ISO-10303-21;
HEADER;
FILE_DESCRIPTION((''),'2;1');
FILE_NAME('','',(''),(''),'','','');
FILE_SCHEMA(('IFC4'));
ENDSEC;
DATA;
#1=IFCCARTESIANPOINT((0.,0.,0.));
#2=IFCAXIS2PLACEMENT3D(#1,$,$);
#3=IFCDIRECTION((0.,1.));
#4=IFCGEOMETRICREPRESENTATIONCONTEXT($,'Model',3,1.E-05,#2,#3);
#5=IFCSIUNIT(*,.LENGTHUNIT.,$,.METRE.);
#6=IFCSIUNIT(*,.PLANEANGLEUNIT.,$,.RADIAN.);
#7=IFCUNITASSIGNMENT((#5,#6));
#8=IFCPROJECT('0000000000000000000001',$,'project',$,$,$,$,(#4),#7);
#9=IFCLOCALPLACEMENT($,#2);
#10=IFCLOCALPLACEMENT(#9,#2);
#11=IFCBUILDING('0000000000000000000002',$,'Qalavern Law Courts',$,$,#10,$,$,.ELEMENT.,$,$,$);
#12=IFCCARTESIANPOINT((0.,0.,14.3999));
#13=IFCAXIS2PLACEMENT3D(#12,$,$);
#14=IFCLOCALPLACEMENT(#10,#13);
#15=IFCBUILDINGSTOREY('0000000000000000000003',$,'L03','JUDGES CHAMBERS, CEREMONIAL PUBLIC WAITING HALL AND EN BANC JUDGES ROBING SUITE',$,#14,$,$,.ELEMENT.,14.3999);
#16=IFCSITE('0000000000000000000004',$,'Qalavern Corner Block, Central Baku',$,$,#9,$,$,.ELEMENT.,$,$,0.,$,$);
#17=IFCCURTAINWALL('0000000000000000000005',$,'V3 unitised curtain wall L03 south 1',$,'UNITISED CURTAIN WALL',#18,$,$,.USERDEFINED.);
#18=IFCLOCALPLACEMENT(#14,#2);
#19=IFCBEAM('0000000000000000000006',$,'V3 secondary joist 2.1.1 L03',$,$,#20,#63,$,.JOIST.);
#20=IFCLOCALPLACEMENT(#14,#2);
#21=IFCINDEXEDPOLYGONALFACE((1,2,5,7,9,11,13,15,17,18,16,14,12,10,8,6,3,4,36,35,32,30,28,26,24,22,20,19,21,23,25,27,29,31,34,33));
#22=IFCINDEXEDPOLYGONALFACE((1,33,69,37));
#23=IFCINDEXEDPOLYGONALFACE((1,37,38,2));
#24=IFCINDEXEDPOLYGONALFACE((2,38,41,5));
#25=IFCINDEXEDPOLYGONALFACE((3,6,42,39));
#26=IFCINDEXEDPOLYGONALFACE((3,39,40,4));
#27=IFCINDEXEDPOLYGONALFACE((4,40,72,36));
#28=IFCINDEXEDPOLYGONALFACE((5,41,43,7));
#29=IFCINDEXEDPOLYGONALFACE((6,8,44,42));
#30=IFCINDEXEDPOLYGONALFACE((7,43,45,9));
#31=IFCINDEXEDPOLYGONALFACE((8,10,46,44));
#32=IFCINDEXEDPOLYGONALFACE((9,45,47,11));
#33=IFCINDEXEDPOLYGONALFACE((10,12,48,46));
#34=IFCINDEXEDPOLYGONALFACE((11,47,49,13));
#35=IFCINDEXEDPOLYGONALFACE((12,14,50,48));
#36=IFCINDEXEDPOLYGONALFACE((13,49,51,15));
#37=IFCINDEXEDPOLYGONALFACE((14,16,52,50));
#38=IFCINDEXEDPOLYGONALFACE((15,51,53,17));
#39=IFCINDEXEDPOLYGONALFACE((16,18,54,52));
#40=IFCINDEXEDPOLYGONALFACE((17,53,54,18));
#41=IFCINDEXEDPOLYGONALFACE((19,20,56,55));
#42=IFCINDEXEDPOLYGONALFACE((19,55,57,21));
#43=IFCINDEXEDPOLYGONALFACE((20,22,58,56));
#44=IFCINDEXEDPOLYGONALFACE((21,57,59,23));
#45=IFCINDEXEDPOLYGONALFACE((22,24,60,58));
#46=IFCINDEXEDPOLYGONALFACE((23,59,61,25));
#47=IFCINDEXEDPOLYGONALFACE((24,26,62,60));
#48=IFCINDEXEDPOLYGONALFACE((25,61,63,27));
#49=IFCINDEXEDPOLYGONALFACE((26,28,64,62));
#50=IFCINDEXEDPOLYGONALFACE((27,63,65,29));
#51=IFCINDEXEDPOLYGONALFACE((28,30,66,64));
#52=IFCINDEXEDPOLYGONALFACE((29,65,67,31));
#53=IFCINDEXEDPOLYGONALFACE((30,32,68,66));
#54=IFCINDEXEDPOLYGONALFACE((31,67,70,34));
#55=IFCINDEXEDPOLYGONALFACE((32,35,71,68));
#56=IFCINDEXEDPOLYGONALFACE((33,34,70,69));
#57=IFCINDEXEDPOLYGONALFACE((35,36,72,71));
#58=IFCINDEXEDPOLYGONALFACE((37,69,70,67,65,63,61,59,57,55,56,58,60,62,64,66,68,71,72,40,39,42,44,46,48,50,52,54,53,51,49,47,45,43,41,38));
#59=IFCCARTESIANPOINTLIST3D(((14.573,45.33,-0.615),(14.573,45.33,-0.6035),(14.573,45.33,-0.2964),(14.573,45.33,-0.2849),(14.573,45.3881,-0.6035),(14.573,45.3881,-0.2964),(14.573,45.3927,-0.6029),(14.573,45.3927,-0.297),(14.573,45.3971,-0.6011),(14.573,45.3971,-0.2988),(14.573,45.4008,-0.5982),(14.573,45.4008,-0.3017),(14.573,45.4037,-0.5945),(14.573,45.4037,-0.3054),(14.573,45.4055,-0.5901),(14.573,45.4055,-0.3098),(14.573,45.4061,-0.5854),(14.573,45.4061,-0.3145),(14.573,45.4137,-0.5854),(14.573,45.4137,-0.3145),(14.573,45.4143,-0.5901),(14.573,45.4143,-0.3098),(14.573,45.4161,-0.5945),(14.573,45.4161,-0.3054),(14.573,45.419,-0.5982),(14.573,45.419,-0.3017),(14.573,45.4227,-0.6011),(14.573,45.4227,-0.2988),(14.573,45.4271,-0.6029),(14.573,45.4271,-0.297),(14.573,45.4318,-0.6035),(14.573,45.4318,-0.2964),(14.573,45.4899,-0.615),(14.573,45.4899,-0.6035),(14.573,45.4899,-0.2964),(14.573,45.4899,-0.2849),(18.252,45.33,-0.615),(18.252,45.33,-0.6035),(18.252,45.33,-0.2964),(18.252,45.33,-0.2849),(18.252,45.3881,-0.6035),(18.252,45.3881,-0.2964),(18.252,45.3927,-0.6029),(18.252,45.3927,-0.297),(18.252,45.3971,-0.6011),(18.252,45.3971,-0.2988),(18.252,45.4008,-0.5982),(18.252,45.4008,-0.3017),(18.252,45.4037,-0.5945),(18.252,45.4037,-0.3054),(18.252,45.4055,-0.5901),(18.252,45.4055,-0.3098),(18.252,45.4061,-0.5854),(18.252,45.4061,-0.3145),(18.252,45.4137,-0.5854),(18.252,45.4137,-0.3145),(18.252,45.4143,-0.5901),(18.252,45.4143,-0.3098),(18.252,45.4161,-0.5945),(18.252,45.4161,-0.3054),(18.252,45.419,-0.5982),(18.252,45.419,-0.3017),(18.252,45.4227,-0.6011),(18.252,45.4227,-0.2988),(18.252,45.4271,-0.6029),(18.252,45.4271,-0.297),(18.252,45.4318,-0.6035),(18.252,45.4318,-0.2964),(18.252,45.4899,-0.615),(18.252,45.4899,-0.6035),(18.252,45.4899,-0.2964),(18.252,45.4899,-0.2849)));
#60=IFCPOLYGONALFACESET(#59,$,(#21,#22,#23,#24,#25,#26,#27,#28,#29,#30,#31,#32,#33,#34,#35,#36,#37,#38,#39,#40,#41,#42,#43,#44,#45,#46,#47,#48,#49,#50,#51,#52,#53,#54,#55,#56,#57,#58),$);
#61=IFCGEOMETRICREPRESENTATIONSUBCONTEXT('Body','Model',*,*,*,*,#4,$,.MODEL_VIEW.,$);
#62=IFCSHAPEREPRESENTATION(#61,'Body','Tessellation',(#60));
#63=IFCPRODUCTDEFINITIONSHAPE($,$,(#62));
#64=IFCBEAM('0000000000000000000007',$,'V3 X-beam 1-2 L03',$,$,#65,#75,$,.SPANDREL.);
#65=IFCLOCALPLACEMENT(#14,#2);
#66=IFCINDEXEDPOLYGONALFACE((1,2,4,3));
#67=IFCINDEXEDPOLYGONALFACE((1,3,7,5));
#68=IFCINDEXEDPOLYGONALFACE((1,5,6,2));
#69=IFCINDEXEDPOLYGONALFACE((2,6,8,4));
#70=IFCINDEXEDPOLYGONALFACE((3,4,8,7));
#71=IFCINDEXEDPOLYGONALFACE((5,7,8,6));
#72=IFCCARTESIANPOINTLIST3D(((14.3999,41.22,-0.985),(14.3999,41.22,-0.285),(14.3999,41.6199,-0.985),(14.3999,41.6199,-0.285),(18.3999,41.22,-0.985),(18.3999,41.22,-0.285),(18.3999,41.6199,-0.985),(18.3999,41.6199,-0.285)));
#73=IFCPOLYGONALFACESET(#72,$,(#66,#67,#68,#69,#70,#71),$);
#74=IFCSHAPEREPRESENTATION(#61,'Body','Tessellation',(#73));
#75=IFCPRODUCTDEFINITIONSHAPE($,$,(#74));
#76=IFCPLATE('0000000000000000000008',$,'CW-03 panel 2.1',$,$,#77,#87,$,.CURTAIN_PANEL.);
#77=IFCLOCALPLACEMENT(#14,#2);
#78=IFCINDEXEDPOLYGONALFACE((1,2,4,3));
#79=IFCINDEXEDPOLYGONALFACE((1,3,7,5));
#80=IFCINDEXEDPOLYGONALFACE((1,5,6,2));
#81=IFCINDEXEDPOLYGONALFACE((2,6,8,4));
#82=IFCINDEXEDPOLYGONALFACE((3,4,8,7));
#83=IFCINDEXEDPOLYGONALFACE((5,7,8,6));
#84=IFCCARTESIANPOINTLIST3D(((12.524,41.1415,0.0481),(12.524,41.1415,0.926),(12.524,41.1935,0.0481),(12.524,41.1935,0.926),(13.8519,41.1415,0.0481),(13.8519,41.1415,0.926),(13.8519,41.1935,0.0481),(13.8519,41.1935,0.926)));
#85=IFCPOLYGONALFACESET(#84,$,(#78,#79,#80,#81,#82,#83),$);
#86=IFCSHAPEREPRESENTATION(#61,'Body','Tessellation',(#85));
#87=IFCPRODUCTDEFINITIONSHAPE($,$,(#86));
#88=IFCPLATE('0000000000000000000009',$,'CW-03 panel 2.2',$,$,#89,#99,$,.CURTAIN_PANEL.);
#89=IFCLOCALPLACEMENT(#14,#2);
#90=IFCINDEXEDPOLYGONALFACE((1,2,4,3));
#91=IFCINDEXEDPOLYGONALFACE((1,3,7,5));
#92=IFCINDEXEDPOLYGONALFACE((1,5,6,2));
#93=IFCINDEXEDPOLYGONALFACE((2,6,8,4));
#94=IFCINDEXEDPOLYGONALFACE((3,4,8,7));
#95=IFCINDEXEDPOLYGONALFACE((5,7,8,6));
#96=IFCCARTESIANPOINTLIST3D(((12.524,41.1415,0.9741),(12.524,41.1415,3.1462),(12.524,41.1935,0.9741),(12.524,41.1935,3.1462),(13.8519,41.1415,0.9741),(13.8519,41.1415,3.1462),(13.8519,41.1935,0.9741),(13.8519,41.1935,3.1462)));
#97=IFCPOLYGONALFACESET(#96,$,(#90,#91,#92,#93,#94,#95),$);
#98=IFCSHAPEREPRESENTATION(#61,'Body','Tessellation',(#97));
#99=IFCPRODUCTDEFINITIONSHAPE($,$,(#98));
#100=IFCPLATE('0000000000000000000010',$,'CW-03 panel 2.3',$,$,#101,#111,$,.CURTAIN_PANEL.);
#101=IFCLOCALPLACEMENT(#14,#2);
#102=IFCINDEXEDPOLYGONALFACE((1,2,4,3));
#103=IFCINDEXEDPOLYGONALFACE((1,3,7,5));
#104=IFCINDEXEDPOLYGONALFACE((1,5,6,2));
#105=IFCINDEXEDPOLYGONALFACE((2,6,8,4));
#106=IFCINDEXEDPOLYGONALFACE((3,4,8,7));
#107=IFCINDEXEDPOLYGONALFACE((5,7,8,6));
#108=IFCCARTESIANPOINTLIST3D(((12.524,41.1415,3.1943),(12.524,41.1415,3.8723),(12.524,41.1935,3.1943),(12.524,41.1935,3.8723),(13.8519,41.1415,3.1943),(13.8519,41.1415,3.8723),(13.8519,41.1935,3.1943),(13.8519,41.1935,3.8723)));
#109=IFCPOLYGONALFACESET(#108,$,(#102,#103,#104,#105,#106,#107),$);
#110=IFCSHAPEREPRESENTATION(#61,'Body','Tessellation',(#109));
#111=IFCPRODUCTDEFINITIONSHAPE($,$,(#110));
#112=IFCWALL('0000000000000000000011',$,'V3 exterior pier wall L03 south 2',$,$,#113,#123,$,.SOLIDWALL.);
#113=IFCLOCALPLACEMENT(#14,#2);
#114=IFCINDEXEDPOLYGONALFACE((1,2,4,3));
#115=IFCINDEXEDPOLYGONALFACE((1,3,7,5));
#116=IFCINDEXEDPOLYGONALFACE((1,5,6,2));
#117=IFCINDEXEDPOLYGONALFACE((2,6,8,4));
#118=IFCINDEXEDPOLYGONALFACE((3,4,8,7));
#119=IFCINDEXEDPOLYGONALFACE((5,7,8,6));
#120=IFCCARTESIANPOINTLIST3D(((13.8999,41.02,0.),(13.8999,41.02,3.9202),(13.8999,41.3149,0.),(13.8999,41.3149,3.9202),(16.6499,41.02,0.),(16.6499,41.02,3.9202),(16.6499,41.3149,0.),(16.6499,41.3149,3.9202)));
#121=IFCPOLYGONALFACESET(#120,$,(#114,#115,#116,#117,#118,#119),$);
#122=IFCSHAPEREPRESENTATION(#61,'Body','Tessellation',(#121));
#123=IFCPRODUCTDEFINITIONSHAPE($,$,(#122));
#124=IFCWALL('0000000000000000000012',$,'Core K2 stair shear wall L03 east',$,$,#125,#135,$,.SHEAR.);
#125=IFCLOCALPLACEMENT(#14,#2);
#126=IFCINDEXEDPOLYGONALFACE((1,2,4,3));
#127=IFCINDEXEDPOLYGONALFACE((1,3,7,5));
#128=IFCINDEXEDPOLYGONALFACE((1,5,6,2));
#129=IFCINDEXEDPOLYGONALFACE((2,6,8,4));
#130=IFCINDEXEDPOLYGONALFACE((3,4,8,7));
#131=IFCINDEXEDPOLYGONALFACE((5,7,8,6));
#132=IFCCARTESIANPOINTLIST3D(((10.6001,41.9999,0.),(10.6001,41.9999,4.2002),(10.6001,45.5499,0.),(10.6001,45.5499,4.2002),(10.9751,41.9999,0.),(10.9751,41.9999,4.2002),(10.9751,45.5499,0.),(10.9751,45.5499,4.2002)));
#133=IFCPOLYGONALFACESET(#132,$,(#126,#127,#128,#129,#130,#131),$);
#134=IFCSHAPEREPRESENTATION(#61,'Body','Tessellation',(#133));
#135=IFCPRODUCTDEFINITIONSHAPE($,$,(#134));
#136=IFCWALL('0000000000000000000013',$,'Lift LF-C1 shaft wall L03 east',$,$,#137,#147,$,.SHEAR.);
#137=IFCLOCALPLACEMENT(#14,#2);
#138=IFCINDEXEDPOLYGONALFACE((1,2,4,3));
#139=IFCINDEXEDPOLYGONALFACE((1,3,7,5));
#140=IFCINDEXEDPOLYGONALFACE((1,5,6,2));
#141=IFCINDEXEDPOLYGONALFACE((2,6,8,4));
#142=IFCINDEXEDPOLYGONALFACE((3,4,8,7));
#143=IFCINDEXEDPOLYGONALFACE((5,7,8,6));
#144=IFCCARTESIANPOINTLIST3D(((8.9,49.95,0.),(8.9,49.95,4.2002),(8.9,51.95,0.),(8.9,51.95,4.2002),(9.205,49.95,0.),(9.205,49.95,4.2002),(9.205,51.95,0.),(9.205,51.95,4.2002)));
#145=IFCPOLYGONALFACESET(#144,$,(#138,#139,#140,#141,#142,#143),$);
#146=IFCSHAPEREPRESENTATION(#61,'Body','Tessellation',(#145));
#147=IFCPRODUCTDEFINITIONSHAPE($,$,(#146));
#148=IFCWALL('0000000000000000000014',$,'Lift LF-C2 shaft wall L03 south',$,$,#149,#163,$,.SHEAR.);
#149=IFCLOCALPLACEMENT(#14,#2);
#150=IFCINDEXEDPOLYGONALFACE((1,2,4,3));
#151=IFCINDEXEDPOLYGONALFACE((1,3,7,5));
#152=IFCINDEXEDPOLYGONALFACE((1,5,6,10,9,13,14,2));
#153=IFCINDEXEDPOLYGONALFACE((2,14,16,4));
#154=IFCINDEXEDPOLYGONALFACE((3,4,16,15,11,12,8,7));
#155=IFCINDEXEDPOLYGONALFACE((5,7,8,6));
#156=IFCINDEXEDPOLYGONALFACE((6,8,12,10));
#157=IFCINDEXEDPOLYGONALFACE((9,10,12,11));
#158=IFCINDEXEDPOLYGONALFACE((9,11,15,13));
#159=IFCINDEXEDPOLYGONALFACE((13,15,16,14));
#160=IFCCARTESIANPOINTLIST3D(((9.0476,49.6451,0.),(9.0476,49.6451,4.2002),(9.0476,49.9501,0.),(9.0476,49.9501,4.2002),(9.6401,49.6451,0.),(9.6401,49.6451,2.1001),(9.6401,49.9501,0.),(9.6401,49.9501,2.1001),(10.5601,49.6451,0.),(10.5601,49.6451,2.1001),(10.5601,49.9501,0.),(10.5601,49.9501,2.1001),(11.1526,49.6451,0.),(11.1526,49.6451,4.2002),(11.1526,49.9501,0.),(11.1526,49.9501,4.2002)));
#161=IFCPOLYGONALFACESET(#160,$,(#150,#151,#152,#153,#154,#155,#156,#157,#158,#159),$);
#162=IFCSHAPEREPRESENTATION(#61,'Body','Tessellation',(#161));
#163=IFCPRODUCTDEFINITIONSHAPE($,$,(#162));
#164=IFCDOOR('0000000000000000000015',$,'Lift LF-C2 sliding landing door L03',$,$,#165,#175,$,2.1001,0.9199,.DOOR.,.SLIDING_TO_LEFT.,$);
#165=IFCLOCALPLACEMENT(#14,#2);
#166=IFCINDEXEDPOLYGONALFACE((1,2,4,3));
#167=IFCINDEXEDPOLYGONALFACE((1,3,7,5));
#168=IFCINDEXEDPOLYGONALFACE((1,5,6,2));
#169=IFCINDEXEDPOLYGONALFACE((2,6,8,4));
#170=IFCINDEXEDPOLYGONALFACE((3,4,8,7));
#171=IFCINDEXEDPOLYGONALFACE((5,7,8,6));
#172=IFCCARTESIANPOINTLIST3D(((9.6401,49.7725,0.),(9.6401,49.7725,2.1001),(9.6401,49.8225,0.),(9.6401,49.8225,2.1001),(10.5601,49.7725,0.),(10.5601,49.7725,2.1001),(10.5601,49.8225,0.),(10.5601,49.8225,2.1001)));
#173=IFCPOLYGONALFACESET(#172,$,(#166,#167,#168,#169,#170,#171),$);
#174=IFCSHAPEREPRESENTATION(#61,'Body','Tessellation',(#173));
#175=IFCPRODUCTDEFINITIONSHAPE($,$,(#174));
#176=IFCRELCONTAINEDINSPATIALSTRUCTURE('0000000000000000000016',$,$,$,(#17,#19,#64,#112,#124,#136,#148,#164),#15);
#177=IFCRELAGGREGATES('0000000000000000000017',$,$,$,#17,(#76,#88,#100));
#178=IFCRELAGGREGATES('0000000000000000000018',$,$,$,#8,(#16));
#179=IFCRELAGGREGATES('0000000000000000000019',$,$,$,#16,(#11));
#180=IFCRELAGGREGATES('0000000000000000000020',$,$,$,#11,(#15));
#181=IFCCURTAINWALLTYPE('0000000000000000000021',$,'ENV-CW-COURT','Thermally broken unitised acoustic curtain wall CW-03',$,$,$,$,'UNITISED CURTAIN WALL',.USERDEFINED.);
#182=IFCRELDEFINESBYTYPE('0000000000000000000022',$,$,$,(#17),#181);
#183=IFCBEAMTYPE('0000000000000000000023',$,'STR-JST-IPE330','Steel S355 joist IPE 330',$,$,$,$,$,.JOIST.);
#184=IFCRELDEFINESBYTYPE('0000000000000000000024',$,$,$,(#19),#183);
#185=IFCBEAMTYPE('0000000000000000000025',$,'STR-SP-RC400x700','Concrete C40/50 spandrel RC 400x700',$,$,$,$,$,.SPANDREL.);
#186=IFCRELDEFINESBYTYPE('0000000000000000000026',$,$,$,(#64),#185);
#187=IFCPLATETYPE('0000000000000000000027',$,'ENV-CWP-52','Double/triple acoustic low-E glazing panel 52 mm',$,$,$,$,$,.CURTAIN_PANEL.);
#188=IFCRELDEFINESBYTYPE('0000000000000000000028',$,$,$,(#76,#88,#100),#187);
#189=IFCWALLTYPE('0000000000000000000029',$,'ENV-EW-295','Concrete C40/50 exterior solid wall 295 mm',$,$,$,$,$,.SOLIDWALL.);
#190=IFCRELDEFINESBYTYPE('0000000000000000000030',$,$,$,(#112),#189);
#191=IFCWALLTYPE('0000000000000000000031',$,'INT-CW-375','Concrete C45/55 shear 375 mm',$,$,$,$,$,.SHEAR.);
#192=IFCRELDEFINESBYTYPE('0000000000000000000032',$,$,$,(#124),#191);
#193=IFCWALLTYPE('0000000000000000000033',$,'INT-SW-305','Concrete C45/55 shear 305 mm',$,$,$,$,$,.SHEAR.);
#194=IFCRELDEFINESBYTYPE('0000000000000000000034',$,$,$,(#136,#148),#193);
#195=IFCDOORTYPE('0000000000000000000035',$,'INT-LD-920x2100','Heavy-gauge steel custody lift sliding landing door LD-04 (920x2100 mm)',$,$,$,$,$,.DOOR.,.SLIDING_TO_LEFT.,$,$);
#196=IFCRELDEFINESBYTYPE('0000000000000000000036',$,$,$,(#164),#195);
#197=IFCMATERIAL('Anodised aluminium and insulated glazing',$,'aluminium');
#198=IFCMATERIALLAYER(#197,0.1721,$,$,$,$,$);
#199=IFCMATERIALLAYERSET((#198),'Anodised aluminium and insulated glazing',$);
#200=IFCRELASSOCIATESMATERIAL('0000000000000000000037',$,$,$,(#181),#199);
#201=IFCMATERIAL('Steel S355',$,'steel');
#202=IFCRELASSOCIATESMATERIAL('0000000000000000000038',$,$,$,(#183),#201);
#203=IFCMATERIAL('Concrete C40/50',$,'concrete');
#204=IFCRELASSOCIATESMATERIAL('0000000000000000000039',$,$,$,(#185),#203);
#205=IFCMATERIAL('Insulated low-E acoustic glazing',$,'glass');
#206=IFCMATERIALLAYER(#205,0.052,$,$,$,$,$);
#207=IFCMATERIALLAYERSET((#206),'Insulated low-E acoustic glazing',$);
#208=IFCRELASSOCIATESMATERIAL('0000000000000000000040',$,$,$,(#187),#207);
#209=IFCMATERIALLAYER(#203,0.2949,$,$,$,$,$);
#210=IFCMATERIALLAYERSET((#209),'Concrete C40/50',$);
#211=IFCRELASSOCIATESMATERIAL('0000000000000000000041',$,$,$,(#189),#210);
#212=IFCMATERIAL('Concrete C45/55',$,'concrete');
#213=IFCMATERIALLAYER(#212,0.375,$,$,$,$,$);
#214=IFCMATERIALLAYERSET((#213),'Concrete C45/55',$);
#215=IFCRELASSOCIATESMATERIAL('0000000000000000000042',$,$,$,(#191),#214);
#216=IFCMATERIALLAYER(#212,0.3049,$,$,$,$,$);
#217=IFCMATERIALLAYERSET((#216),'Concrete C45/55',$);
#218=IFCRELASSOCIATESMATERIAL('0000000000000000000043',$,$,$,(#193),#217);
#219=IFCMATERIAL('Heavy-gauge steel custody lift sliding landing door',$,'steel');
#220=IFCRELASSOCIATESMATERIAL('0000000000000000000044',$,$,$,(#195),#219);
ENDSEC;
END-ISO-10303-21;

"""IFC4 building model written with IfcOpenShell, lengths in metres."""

from ifc_helpers import new_model, si_unit, direction, frame, frame_2d, origin, origin_2d, place, context, subcontext, project, spatial, rectangle, i_section, extrude, material, layer, layer_set, material_profile, profile_set, type_object, element, fill, aggregate, save


model = new_model("IFC4")

# Units and contexts
model_context = context("Model", 3, precision=1e-05, world=origin(), true_north=direction((0.0, 1.0)))
body_context = subcontext(model_context, "Body", "Model", "MODEL_VIEW")
ifc_project = project(units=[si_unit("LENGTHUNIT", "METRE"), si_unit("PLANEANGLEUNIT", "RADIAN")], contexts=[model_context])

# Site, building, storey
site_placement = place(None, origin())
site = spatial("IfcSite", under=ifc_project, at=site_placement, Name="Qalavern Corner Block, Central Baku", CompositionType="ELEMENT", RefElevation=0.0)
building_placement = place(site_placement, origin())
building = spatial("IfcBuilding", under=site, at=building_placement, Name="Qalavern Law Courts", CompositionType="ELEMENT")
storey_placement = place(building_placement, frame((0.0, 0.0, 14.3999)))
storey = spatial("IfcBuildingStorey", under=building, at=storey_placement, Name="L03", Description="JUDGES CHAMBERS, CEREMONIAL PUBLIC WAITING HALL AND EN BANC JUDGES ROBING SUITE", CompositionType="ELEMENT", Elevation=14.3999)

# Shared definitions
ifc_material_1 = material(Name="Concrete C45/55", Category="concrete")

# Curtain wall
ifc_material_2 = material(Name="Anodised aluminium and insulated glazing", Category="aluminium")
ifc_layer_1 = layer(ifc_material_2, 0.1721)
ifc_layer_set_1 = layer_set([ifc_layer_1], Name="Anodised aluminium and insulated glazing")
curtain_wall_type = type_object("IfcCurtainWallType", Name="ENV-CW-COURT", Description="Thermally broken unitised acoustic curtain wall CW-03", ElementType="UNITISED CURTAIN WALL", PredefinedType="USERDEFINED", material=ifc_layer_set_1)
curtain_wall_placement = place(storey_placement, origin())
curtain_wall = element("IfcCurtainWall", 1, at=curtain_wall_placement, inside=storey, type_object=curtain_wall_type, Name="V3 unitised curtain wall L03 south 1", ObjectType="UNITISED CURTAIN WALL", PredefinedType="USERDEFINED")

# Beams
ifc_material_3 = material(Name="Steel S355", Category="steel")
ifc_material_profile_1 = material_profile(ifc_material_3, i_section(OverallWidth=0.1599, OverallDepth=0.3301, WebThickness=0.0076, FlangeThickness=0.0115, FilletRadius=0.0181, at=origin_2d()), Name="IPE 330")
ifc_profile_set_1 = profile_set([ifc_material_profile_1], Name="Steel S355")
beam_type_1 = type_object("IfcBeamType", Name="STR-JST-IPE330", Description="Steel S355 joist IPE 330", PredefinedType="JOIST", material=ifc_profile_set_1)
beam_1_placement = place(storey_placement, frame((14.573, 45.4099, -0.45), z_axis=(1.0, 0.0, 0.0), x_axis=(0.0, 1.0, 0.0)))
element("IfcBeam", 2, at=beam_1_placement, inside=storey, type_object=beam_type_1, Name="V3 secondary joist 2.1.1 L03", PredefinedType="JOIST", context=body_context, shape_type="SweptSolid", body=[
    extrude(i_section(OverallWidth=0.1599, OverallDepth=0.3301, WebThickness=0.0076, FlangeThickness=0.0115, FilletRadius=0.0181, at=origin_2d()), origin(), (0.0, 0.0, 1.0), 3.679),
])
ifc_material_4 = material(Name="Concrete C40/50", Category="concrete")
ifc_material_profile_2 = material_profile(ifc_material_4, rectangle(XDim=0.3999, YDim=0.7, at=origin_2d()), Name="RC 400x700")
ifc_profile_set_2 = profile_set([ifc_material_profile_2], Name="Concrete C40/50")
beam_type_2 = type_object("IfcBeamType", Name="STR-SP-RC400x700", Description="Concrete C40/50 spandrel RC 400x700", PredefinedType="SPANDREL", material=ifc_profile_set_2)
beam_2_placement = place(storey_placement, frame((14.3999, 41.4199, -0.635), z_axis=(1.0, 0.0, 0.0), x_axis=(0.0, 1.0, 0.0)))
element("IfcBeam", 3, at=beam_2_placement, inside=storey, type_object=beam_type_2, Name="V3 X-beam 1-2 L03", PredefinedType="SPANDREL", context=body_context, shape_type="SweptSolid", body=[
    extrude(rectangle(XDim=0.3999, YDim=0.7, at=origin_2d()), origin(), (0.0, 0.0, 1.0), 4.0),
])

# Plates
ifc_material_5 = material(Name="Insulated low-E acoustic glazing", Category="glass")
ifc_layer_2 = layer(ifc_material_5, 0.052)
ifc_layer_set_2 = layer_set([ifc_layer_2], Name="Insulated low-E acoustic glazing")
plate_type = type_object("IfcPlateType", Name="ENV-CWP-52", Description="Double/triple acoustic low-E glazing panel 52 mm", PredefinedType="CURTAIN_PANEL", material=ifc_layer_set_2)
plate_1_placement = place(storey_placement, frame((13.188, 41.1675, 0.0481), z_axis=(0.0, 0.0, 1.0), x_axis=(1.0, 0.0, 0.0)))
plate_1 = element("IfcPlate", 4, at=plate_1_placement, type_object=plate_type, Name="CW-03 panel 2.1", PredefinedType="CURTAIN_PANEL", context=body_context, shape_type="SweptSolid", body=[
    extrude(rectangle(XDim=1.3279, YDim=0.052, at=origin_2d()), origin(), (0.0, 0.0, 1.0), 0.8779),
])
plate_2_placement = place(storey_placement, frame((13.188, 41.1675, 0.9741), z_axis=(0.0, 0.0, 1.0), x_axis=(1.0, 0.0, 0.0)))
plate_2 = element("IfcPlate", 5, at=plate_2_placement, type_object=plate_type, Name="CW-03 panel 2.2", PredefinedType="CURTAIN_PANEL", context=body_context, shape_type="SweptSolid", body=[
    extrude(rectangle(XDim=1.3279, YDim=0.052, at=origin_2d()), origin(), (0.0, 0.0, 1.0), 2.1721),
])
plate_3_placement = place(storey_placement, frame((13.188, 41.1675, 3.1943), z_axis=(0.0, 0.0, 1.0), x_axis=(1.0, 0.0, 0.0)))
plate_3 = element("IfcPlate", 6, at=plate_3_placement, type_object=plate_type, Name="CW-03 panel 2.3", PredefinedType="CURTAIN_PANEL", context=body_context, shape_type="SweptSolid", body=[
    extrude(rectangle(XDim=1.3279, YDim=0.052, at=origin_2d()), origin(), (0.0, 0.0, 1.0), 0.678),
])
aggregate(curtain_wall, [plate_1, plate_2, plate_3])

# Walls
ifc_layer_3 = layer(ifc_material_4, 0.2949)
ifc_layer_set_3 = layer_set([ifc_layer_3], Name="Concrete C40/50")
wall_type_1 = type_object("IfcWallType", Name="ENV-EW-295", Description="Concrete C40/50 exterior solid wall 295 mm", PredefinedType="SOLIDWALL", material=ifc_layer_set_3)
wall_1_placement = place(storey_placement, frame((13.8999, 41.1675, 0.0), z_axis=(0.0, 0.0, 1.0), x_axis=(1.0, 0.0, 0.0)))
element("IfcWall", 7, at=wall_1_placement, inside=storey, type_object=wall_type_1, Name="V3 exterior pier wall L03 south 2", PredefinedType="SOLIDWALL", context=body_context, shape_type="SweptSolid", body=[
    extrude(rectangle(XDim=2.75, YDim=0.2949, at=frame_2d((1.375, 0.0))), origin(), (0.0, 0.0, 1.0), 3.9202),
])
ifc_layer_4 = layer(ifc_material_1, 0.375)
ifc_layer_set_4 = layer_set([ifc_layer_4], Name="Concrete C45/55")
wall_type_2 = type_object("IfcWallType", Name="INT-CW-375", Description="Concrete C45/55 shear 375 mm", PredefinedType="SHEAR", material=ifc_layer_set_4)
wall_2_placement = place(storey_placement, frame((10.7876, 42.0, 0.0), z_axis=(0.0, 0.0, 1.0), x_axis=(0.0, 1.0, 0.0)))
element("IfcWall", 8, at=wall_2_placement, inside=storey, type_object=wall_type_2, Name="Core K2 stair shear wall L03 east", PredefinedType="SHEAR", context=body_context, shape_type="SweptSolid", body=[
    extrude(rectangle(XDim=3.55, YDim=0.375, at=frame_2d((1.7749, 0.0))), origin(), (0.0, 0.0, 1.0), 4.2002),
])

# Wall
ifc_layer_5 = layer(ifc_material_1, 0.3049)
ifc_layer_set_5 = layer_set([ifc_layer_5], Name="Concrete C45/55")
wall_type_3 = type_object("IfcWallType", Name="INT-SW-305", Description="Concrete C45/55 shear 305 mm", PredefinedType="SHEAR", material=ifc_layer_set_5)
wall_3_placement = place(storey_placement, frame((9.0525, 49.95, 0.0), z_axis=(0.0, 0.0, 1.0), x_axis=(0.0, 1.0, 0.0)))
element("IfcWall", 9, at=wall_3_placement, inside=storey, type_object=wall_type_3, Name="Lift LF-C1 shaft wall L03 east", PredefinedType="SHEAR", context=body_context, shape_type="SweptSolid", body=[
    extrude(rectangle(XDim=2.0, YDim=0.3049, at=frame_2d((1.0, 0.0))), origin(), (0.0, 0.0, 1.0), 4.2002),
])

# Wall, opening, door
wall_4_placement = place(storey_placement, frame((9.0476, 49.7976, 0.0), z_axis=(0.0, 0.0, 1.0), x_axis=(1.0, 0.0, 0.0)))
wall_4 = element("IfcWall", 10, at=wall_4_placement, inside=storey, type_object=wall_type_3, Name="Lift LF-C2 shaft wall L03 south", PredefinedType="SHEAR", context=body_context, shape_type="SweptSolid", body=[
    extrude(rectangle(XDim=2.105, YDim=0.3049, at=frame_2d((1.0525, 0.0))), origin(), (0.0, 0.0, 1.0), 4.2002),
])
opening_1_placement = place(wall_4_placement, frame((0.5925, 0.0, 0.0)))
opening_1 = element("IfcOpeningElement", 11, at=opening_1_placement, cuts=wall_4, PredefinedType="OPENING", context=body_context, shape_type="SweptSolid", body=[
    extrude(rectangle(XDim=0.9199, YDim=2.1001, at=frame_2d((0.46, 1.05))), frame((0.0, 0.1675, 0.0), z_axis=(0.0, -1.0, 0.0), x_axis=(1.0, 0.0, 0.0)), (0.0, 0.0, 1.0), 0.3347),
])
ifc_material_6 = material(Name="Heavy-gauge steel custody lift sliding landing door", Category="steel")
door_type_1 = type_object("IfcDoorType", Name="INT-LD-920x2100", Description="Heavy-gauge steel custody lift sliding landing door LD-04 (920x2100 mm)", OperationType="SLIDING_TO_LEFT", PredefinedType="DOOR", material=ifc_material_6)
door_1_placement = place(opening_1_placement, origin())
door_1 = element("IfcDoor", 12, at=door_1_placement, inside=storey, type_object=door_type_1, Name="Lift LF-C2 sliding landing door L03", OperationType="SLIDING_TO_LEFT", OverallHeight=2.1001, OverallWidth=0.9199, PredefinedType="DOOR", context=body_context, shape_type="SweptSolid", body=[
    extrude(rectangle(XDim=0.9199, YDim=2.1001, at=frame_2d((0.46, 1.05))), frame((0.0, 0.0249, 0.0), z_axis=(0.0, -1.0, 0.0), x_axis=(1.0, 0.0, 0.0)), (0.0, 0.0, 1.0), 0.05),
])
fill(opening_1, door_1)

save(model, "model.ifc")
